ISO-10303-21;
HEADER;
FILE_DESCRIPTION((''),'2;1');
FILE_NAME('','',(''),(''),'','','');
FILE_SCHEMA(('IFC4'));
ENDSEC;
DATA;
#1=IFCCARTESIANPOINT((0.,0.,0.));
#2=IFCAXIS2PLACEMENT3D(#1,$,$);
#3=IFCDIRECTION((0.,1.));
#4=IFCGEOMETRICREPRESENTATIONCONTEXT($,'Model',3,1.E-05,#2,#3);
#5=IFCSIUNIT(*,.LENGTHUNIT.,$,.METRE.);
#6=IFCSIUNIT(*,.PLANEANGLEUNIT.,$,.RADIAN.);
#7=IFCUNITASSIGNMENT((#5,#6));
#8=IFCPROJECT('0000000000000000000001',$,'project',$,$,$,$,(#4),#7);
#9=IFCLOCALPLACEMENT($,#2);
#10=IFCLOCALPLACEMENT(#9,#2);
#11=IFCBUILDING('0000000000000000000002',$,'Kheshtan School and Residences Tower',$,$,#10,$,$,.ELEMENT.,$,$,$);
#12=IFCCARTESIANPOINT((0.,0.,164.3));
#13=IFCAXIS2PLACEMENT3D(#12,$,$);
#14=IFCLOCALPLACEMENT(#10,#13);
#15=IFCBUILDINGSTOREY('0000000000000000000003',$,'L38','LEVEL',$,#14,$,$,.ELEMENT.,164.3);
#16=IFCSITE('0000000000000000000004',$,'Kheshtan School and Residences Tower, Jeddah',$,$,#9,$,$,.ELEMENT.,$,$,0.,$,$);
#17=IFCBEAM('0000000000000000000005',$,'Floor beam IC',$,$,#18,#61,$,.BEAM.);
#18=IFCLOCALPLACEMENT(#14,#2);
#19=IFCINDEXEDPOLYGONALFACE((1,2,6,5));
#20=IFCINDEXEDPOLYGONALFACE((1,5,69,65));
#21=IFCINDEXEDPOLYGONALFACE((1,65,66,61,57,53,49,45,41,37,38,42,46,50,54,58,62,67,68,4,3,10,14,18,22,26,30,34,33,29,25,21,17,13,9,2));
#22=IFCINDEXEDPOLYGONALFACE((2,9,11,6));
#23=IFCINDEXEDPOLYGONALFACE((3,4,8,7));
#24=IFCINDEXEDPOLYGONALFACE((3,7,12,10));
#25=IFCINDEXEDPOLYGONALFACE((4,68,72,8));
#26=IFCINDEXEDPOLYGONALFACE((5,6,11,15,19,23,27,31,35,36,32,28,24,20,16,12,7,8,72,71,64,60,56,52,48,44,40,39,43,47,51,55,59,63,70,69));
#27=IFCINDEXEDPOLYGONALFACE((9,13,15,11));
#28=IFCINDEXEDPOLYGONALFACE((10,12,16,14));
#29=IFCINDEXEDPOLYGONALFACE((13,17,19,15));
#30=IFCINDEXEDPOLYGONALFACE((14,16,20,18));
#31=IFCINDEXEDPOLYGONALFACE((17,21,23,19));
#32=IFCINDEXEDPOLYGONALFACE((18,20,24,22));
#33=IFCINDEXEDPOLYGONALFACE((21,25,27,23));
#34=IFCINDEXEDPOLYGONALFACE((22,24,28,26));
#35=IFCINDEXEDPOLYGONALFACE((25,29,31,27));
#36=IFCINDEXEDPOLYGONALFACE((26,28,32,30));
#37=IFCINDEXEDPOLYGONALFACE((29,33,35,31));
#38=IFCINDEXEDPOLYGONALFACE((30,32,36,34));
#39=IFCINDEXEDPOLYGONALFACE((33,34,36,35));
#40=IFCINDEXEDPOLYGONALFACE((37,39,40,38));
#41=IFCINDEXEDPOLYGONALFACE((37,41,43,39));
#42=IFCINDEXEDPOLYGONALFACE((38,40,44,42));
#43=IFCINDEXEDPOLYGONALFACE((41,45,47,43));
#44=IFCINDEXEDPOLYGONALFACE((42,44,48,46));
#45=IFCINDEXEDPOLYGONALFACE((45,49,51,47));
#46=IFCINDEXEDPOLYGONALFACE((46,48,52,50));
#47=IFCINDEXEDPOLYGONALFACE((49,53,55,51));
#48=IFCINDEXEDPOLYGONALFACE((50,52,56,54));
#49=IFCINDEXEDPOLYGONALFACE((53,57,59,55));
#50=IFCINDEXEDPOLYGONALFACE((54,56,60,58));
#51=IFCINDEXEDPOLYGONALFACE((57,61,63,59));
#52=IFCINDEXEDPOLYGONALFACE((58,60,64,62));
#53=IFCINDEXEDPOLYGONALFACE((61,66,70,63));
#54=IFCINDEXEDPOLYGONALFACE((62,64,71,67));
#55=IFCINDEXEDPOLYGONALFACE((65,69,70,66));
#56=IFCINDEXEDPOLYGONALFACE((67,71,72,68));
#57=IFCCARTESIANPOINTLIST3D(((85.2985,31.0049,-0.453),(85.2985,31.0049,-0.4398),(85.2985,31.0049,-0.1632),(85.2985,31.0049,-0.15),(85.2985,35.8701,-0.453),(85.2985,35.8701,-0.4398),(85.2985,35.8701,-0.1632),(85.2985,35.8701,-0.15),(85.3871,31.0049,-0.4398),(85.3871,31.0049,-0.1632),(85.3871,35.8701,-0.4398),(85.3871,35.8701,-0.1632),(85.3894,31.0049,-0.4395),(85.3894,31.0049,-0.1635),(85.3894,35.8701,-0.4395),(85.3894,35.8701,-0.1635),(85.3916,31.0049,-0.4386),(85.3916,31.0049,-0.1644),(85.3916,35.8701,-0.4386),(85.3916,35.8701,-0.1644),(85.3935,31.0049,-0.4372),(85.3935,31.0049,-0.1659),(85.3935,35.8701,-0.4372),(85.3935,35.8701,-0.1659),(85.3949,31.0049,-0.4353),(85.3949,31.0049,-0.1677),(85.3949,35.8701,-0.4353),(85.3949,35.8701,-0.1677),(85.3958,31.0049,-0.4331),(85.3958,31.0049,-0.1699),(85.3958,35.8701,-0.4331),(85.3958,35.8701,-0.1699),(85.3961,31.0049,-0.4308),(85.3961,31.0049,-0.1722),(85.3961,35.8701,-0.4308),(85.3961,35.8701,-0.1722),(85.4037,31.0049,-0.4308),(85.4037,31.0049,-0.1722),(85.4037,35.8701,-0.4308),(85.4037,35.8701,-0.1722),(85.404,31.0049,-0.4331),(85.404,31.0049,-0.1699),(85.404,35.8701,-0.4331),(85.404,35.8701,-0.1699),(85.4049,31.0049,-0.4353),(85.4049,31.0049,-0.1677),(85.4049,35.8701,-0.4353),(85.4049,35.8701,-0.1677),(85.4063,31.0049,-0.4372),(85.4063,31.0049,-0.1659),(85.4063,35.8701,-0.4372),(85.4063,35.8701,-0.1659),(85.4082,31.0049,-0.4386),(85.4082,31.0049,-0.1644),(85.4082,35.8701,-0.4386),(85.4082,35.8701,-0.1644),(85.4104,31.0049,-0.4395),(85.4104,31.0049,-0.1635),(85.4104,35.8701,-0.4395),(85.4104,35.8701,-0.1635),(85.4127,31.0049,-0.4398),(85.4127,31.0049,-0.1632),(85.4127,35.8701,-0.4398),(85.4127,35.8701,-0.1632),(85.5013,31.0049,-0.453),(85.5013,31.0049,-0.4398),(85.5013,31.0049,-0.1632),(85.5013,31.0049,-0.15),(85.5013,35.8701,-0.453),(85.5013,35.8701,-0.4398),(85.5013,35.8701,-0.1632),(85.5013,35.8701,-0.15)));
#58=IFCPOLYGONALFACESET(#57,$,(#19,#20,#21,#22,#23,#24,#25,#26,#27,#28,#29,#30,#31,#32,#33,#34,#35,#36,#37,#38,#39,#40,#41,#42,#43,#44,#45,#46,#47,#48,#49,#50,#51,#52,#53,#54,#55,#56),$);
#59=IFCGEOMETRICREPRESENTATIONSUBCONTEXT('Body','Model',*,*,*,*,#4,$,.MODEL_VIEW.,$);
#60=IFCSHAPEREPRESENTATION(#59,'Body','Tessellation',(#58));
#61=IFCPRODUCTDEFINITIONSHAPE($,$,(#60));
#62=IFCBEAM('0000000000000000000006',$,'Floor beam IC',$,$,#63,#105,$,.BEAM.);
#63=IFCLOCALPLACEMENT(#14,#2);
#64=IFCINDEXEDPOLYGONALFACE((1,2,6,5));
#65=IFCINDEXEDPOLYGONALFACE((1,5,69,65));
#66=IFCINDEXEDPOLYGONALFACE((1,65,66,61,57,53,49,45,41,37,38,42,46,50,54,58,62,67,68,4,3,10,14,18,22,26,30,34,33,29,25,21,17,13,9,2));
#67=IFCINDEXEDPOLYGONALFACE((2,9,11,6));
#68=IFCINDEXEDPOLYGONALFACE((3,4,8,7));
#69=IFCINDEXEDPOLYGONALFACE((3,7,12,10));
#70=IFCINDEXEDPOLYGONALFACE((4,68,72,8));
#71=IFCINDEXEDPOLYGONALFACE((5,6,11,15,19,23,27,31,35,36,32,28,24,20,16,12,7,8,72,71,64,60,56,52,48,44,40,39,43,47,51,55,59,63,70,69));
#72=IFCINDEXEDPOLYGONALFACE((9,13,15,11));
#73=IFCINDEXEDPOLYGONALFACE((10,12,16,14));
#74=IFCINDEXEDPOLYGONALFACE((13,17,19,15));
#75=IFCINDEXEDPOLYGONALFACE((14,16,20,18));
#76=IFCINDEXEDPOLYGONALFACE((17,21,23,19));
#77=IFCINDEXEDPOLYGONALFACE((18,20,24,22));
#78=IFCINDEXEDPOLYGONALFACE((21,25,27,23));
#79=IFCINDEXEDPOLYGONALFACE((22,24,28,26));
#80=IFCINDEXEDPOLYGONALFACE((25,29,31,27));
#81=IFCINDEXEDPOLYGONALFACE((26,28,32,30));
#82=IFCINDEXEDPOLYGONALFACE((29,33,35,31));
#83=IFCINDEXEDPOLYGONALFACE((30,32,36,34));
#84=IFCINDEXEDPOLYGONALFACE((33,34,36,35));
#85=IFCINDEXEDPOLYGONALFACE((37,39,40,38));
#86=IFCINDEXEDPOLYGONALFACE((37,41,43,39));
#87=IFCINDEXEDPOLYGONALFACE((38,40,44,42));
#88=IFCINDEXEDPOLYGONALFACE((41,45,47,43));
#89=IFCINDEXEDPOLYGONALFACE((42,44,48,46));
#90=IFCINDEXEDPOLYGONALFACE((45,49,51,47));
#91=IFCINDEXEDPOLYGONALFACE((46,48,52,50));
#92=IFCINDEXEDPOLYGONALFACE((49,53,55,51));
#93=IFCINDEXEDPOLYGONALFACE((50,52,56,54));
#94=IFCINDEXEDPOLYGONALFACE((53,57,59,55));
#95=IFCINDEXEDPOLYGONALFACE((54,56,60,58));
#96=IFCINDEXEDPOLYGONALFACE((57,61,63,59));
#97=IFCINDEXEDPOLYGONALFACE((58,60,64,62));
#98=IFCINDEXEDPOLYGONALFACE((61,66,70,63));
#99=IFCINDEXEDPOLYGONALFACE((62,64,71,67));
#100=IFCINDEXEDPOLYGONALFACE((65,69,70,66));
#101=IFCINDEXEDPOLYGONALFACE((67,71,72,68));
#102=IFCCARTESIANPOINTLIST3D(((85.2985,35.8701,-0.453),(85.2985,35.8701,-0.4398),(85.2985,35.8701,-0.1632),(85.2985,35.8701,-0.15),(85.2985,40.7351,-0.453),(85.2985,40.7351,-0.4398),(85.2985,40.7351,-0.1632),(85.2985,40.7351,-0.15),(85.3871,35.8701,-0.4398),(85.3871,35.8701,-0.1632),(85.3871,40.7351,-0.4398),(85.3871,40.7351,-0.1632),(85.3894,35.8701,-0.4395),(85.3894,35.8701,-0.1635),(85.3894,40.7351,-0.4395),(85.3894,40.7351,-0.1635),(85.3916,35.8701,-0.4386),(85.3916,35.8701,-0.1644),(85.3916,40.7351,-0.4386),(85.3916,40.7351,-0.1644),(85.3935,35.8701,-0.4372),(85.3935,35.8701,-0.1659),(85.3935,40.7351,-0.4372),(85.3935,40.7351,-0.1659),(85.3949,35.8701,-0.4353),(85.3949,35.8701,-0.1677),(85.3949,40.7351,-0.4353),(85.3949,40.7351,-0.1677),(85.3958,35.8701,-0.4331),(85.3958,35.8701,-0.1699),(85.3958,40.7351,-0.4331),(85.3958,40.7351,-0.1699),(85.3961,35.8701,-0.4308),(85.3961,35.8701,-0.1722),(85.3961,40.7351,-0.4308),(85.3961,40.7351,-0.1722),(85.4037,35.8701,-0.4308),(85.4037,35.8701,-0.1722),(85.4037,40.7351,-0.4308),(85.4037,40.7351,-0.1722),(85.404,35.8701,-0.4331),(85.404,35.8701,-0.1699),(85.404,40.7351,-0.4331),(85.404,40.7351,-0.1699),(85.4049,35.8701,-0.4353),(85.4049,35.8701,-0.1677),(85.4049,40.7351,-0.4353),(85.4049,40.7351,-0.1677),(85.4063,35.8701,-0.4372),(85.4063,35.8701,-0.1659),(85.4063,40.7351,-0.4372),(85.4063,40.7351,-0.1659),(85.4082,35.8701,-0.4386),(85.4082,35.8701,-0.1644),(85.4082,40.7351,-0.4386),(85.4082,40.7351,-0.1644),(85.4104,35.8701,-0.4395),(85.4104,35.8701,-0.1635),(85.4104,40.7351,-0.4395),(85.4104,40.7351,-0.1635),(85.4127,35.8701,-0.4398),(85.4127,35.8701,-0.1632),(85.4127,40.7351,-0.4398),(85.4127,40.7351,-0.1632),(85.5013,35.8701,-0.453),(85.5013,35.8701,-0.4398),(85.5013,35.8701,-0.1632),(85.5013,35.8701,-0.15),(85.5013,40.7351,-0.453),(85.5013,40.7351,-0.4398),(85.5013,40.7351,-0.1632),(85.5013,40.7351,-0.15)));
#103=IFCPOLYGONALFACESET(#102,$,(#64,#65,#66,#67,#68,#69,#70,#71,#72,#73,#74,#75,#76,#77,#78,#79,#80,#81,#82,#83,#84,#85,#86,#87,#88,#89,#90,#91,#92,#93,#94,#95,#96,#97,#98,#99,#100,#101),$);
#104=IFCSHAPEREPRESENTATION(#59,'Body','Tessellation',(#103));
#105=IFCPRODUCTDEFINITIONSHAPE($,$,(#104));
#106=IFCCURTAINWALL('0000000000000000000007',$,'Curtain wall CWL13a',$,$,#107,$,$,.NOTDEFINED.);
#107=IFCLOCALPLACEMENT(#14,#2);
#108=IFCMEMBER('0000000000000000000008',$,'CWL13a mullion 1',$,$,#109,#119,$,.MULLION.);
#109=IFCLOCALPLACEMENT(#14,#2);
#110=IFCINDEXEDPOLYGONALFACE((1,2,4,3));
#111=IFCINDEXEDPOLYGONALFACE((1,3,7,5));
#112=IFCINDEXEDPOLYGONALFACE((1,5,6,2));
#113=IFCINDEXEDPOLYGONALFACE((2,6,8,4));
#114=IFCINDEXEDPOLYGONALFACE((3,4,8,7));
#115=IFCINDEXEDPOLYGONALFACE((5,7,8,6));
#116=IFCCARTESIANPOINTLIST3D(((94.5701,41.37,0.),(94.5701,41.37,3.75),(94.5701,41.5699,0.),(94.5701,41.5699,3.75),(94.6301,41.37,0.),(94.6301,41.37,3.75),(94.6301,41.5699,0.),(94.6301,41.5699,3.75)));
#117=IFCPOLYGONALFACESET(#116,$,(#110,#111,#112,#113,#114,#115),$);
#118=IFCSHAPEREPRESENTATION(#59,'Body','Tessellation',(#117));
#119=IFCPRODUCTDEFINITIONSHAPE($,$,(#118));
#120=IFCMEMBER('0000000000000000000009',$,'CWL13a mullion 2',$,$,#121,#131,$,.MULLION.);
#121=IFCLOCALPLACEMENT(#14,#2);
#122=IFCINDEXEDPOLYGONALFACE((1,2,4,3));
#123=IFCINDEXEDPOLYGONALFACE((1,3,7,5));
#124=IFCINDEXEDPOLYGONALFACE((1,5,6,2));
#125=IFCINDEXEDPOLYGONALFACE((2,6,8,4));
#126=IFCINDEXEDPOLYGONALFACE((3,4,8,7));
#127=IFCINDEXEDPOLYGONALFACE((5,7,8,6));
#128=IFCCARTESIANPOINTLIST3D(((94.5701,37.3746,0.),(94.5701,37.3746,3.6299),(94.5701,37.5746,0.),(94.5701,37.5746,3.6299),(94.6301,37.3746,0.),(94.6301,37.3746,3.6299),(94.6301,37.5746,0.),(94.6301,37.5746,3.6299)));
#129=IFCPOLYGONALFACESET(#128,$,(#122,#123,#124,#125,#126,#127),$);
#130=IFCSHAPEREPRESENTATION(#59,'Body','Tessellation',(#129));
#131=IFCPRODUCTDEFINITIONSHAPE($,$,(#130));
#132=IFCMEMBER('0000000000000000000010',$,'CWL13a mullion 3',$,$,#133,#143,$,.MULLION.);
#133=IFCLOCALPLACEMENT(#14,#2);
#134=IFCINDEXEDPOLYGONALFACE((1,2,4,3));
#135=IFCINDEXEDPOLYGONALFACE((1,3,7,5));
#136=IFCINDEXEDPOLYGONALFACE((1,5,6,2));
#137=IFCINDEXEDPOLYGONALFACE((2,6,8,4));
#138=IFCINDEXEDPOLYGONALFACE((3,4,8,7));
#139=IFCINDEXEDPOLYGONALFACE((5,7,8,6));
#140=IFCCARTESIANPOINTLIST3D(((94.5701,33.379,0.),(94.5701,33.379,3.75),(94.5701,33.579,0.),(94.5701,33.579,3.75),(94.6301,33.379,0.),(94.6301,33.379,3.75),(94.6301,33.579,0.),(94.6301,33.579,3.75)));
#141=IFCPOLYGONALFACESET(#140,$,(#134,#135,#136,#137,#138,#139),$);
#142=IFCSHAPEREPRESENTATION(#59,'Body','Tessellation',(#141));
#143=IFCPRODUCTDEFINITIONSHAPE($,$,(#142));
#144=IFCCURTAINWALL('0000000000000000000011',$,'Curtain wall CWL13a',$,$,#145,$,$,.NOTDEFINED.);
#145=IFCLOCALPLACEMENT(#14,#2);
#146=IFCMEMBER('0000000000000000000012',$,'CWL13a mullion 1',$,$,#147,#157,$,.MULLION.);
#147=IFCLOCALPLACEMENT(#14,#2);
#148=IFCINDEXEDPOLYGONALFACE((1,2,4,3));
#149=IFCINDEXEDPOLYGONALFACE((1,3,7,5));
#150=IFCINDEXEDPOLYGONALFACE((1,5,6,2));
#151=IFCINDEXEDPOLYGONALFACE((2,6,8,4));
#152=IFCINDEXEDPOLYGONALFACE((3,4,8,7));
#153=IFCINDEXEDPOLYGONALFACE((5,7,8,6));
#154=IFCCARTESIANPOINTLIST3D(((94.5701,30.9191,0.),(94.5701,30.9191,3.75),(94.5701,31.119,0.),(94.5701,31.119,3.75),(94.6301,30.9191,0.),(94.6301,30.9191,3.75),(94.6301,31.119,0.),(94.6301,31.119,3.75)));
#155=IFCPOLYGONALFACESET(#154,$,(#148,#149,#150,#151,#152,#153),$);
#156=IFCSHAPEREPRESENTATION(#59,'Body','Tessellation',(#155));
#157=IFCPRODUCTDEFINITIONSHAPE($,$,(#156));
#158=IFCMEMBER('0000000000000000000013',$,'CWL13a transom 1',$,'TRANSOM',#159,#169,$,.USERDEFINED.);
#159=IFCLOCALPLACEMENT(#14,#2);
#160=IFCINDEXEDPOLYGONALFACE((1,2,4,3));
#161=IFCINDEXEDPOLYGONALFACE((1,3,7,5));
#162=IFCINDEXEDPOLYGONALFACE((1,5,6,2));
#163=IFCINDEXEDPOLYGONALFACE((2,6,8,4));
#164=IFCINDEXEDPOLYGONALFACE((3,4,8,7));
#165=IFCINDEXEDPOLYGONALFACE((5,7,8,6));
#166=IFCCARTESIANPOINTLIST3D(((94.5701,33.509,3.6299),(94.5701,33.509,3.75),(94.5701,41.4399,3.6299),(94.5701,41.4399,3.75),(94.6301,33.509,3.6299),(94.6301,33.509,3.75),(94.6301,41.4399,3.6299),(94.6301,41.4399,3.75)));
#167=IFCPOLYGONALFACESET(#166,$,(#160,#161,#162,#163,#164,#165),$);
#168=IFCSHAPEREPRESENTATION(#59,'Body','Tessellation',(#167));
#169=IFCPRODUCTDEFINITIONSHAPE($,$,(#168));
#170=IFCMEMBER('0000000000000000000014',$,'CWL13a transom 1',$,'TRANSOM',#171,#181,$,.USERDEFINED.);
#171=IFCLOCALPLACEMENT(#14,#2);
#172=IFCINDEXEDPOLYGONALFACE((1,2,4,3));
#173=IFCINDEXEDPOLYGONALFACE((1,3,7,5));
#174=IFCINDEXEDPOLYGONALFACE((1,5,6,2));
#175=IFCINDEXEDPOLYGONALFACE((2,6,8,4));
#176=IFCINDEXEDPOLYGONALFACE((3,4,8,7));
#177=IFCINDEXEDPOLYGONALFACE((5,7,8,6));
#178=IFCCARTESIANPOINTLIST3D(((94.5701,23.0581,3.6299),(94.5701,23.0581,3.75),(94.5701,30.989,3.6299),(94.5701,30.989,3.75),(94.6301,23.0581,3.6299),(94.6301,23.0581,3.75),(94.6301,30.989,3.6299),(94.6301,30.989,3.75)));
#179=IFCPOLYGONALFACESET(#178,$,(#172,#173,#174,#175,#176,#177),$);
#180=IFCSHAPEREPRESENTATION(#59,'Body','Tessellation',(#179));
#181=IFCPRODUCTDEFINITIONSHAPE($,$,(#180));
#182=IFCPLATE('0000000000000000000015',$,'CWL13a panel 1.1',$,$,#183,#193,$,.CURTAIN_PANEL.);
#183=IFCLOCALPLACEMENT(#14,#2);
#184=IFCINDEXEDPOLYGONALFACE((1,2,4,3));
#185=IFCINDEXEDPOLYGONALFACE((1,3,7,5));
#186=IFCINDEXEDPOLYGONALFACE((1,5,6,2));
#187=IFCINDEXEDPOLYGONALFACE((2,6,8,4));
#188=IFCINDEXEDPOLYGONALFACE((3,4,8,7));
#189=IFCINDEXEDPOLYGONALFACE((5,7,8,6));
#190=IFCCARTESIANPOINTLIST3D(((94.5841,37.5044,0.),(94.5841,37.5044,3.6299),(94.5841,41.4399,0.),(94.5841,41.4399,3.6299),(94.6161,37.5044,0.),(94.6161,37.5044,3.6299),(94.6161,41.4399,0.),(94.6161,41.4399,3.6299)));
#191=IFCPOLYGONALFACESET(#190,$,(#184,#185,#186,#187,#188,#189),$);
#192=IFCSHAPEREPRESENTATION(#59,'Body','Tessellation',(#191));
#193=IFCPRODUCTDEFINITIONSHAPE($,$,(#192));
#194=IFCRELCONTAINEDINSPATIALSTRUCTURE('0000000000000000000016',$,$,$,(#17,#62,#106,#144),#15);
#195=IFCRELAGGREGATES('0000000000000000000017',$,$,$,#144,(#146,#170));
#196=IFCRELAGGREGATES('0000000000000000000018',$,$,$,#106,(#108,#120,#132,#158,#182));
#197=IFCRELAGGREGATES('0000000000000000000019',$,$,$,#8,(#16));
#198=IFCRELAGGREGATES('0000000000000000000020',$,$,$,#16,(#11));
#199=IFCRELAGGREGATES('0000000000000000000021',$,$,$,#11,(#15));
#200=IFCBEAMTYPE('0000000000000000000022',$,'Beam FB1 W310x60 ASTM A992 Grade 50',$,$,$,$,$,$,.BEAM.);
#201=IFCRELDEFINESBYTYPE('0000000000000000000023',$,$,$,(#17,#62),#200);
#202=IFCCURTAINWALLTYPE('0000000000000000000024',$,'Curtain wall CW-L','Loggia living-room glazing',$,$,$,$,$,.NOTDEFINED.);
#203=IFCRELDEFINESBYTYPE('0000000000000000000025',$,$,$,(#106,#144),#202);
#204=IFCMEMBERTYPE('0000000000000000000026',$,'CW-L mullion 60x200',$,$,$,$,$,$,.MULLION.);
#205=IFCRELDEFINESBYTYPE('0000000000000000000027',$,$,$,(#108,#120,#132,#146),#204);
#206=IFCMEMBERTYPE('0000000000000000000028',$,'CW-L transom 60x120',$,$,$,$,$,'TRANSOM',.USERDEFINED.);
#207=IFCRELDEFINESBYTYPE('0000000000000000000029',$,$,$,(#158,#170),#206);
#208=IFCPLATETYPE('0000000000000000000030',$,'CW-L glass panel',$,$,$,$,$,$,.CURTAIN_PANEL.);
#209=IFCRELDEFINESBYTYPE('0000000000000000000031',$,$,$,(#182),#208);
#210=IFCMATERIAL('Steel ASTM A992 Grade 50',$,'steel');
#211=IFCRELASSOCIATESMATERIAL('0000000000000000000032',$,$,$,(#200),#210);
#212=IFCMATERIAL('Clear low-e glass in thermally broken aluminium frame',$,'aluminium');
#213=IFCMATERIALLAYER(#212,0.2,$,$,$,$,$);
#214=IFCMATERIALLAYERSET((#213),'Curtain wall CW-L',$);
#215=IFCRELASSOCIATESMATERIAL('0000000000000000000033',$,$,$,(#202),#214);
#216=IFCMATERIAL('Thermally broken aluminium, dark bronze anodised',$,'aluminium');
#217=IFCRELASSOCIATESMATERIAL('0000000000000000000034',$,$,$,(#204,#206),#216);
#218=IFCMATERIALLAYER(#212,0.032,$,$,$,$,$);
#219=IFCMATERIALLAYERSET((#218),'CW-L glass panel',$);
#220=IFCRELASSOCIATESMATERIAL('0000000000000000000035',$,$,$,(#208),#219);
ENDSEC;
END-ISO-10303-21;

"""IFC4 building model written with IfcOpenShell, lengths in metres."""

from ifc_helpers import new_model, si_unit, direction, frame, origin, origin_2d, place, context, subcontext, project, spatial, rectangle, i_section, extrude, material, layer, layer_set, material_profile, profile_set, type_object, element, aggregate, save


model = new_model("IFC4")

# Units and contexts
model_context = context("Model", 3, precision=1e-05, world=origin(), true_north=direction((0.0, 1.0)))
body_context = subcontext(model_context, "Body", "Model", "MODEL_VIEW")
ifc_project = project(units=[si_unit("LENGTHUNIT", "METRE"), si_unit("PLANEANGLEUNIT", "RADIAN")], contexts=[model_context])

# Site, building, storey
site_placement = place(None, origin())
site = spatial("IfcSite", under=ifc_project, at=site_placement, Name="Kheshtan School and Residences Tower, Jeddah", CompositionType="ELEMENT", RefElevation=0.0)
building_placement = place(site_placement, origin())
building = spatial("IfcBuilding", under=site, at=building_placement, Name="Kheshtan School and Residences Tower", CompositionType="ELEMENT")
storey_placement = place(building_placement, frame((0.0, 0.0, 164.3)))
storey = spatial("IfcBuildingStorey", under=building, at=storey_placement, Name="L38", Description="LEVEL", CompositionType="ELEMENT", Elevation=164.3)

# Beams
ifc_material_1 = material(Name="Steel ASTM A992 Grade 50", Category="steel")
ifc_material_profile_1 = material_profile(ifc_material_1, i_section(OverallWidth=0.2029, OverallDepth=0.303, WebThickness=0.0076, FlangeThickness=0.0132, FilletRadius=0.009, at=origin_2d()), Name="W310x60")
ifc_profile_set_1 = profile_set([ifc_material_profile_1], Name="Steel ASTM A992 Grade 50")
beam_type = type_object("IfcBeamType", Name="Beam FB1 W310x60 ASTM A992 Grade 50", PredefinedType="BEAM", material=ifc_profile_set_1)
beam_1_placement = place(storey_placement, frame((85.3999, 31.0049, -0.3015), z_axis=(0.0, 1.0, 0.0), x_axis=(-1.0, 0.0, 0.0)))
element("IfcBeam", 1, at=beam_1_placement, inside=storey, type_object=beam_type, Name="Floor beam IC", PredefinedType="BEAM", context=body_context, shape_type="SweptSolid", body=[
    extrude(i_section(OverallWidth=0.2029, OverallDepth=0.303, WebThickness=0.0076, FlangeThickness=0.0132, FilletRadius=0.009, at=origin_2d()), origin(), (0.0, 0.0, 1.0), 4.8652),
])
beam_2_placement = place(storey_placement, frame((85.3999, 40.7351, -0.3015), z_axis=(0.0, -1.0, 0.0), x_axis=(1.0, 0.0, 0.0)))
element("IfcBeam", 2, at=beam_2_placement, inside=storey, type_object=beam_type, Name="Floor beam IC", PredefinedType="BEAM", context=body_context, shape_type="SweptSolid", body=[
    extrude(i_section(OverallWidth=0.2029, OverallDepth=0.303, WebThickness=0.0076, FlangeThickness=0.0132, FilletRadius=0.009, at=origin_2d()), origin(), (0.0, 0.0, 1.0), 4.865),
])

# Curtain wall, members
ifc_material_2 = material(Name="Clear low-e glass in thermally broken aluminium frame", Category="aluminium")
ifc_layer_1 = layer(ifc_material_2, 0.2)
ifc_layer_set_1 = layer_set([ifc_layer_1], Name="Curtain wall CW-L")
curtain_wall_type = type_object("IfcCurtainWallType", Name="Curtain wall CW-L", Description="Loggia living-room glazing", PredefinedType="NOTDEFINED", material=ifc_layer_set_1)
curtain_wall_1_placement = place(storey_placement, origin())
curtain_wall_1 = element("IfcCurtainWall", 3, at=curtain_wall_1_placement, inside=storey, type_object=curtain_wall_type, Name="Curtain wall CWL13a", PredefinedType="NOTDEFINED")
ifc_material_3 = material(Name="Thermally broken aluminium, dark bronze anodised", Category="aluminium")
ifc_material_profile_2 = material_profile(ifc_material_3, rectangle(XDim=0.0601, YDim=0.2, at=origin_2d()), Name="CW-L mullion 60x200")
ifc_profile_set_2 = profile_set([ifc_material_profile_2], Name="Thermally broken aluminium, dark bronze anodised")
member_type_1 = type_object("IfcMemberType", Name="CW-L mullion 60x200", PredefinedType="MULLION", material=ifc_profile_set_2)
member_1_placement = place(storey_placement, frame((94.6001, 41.47, 0.0), z_axis=(0.0, 0.0, 1.0), x_axis=(1.0, 0.0, 0.0)))
member_1 = element("IfcMember", 4, at=member_1_placement, type_object=member_type_1, Name="CWL13a mullion 1", PredefinedType="MULLION", context=body_context, shape_type="SweptSolid", body=[
    extrude(rectangle(XDim=0.0601, YDim=0.2, at=origin_2d()), origin(), (0.0, 0.0, 1.0), 3.75),
])
member_2_placement = place(storey_placement, frame((94.6001, 37.4746, 0.0), z_axis=(0.0, 0.0, 1.0), x_axis=(1.0, 0.0, 0.0)))
member_2 = element("IfcMember", 5, at=member_2_placement, type_object=member_type_1, Name="CWL13a mullion 2", PredefinedType="MULLION", context=body_context, shape_type="SweptSolid", body=[
    extrude(rectangle(XDim=0.0601, YDim=0.2, at=origin_2d()), origin(), (0.0, 0.0, 1.0), 3.6299),
])
member_3_placement = place(storey_placement, frame((94.6001, 33.479, 0.0), z_axis=(0.0, 0.0, 1.0), x_axis=(1.0, 0.0, 0.0)))
member_3 = element("IfcMember", 6, at=member_3_placement, type_object=member_type_1, Name="CWL13a mullion 3", PredefinedType="MULLION", context=body_context, shape_type="SweptSolid", body=[
    extrude(rectangle(XDim=0.0601, YDim=0.2, at=origin_2d()), origin(), (0.0, 0.0, 1.0), 3.75),
])

# Curtain wall, member
curtain_wall_2_placement = place(storey_placement, origin())
curtain_wall_2 = element("IfcCurtainWall", 7, at=curtain_wall_2_placement, inside=storey, type_object=curtain_wall_type, Name="Curtain wall CWL13a", PredefinedType="NOTDEFINED")
member_4_placement = place(storey_placement, frame((94.6001, 31.019, 0.0), z_axis=(0.0, 0.0, 1.0), x_axis=(1.0, 0.0, 0.0)))
member_4 = element("IfcMember", 8, at=member_4_placement, type_object=member_type_1, Name="CWL13a mullion 1", PredefinedType="MULLION", context=body_context, shape_type="SweptSolid", body=[
    extrude(rectangle(XDim=0.0601, YDim=0.2, at=origin_2d()), origin(), (0.0, 0.0, 1.0), 3.75),
])

# Members
ifc_material_profile_3 = material_profile(ifc_material_3, rectangle(XDim=0.0601, YDim=0.1201, at=origin_2d()), Name="CW-L transom 60x120")
ifc_profile_set_3 = profile_set([ifc_material_profile_3], Name="Thermally broken aluminium, dark bronze anodised")
member_type_2 = type_object("IfcMemberType", Name="CW-L transom 60x120", ElementType="TRANSOM", PredefinedType="USERDEFINED", material=ifc_profile_set_3)
member_5_placement = place(storey_placement, frame((94.6001, 41.4399, 3.6899), z_axis=(0.0, -1.0, 0.0), x_axis=(1.0, 0.0, 0.0)))
member_5 = element("IfcMember", 9, at=member_5_placement, type_object=member_type_2, Name="CWL13a transom 1", ObjectType="TRANSOM", PredefinedType="USERDEFINED", context=body_context, shape_type="SweptSolid", body=[
    extrude(rectangle(XDim=0.0601, YDim=0.1201, at=origin_2d()), origin(), (0.0, 0.0, 1.0), 7.9309),
])
member_6_placement = place(storey_placement, frame((94.6001, 30.989, 3.6899), z_axis=(0.0, -1.0, 0.0), x_axis=(1.0, 0.0, 0.0)))
member_6 = element("IfcMember", 10, at=member_6_placement, type_object=member_type_2, Name="CWL13a transom 1", ObjectType="TRANSOM", PredefinedType="USERDEFINED", context=body_context, shape_type="SweptSolid", body=[
    extrude(rectangle(XDim=0.0601, YDim=0.1201, at=origin_2d()), origin(), (0.0, 0.0, 1.0), 7.9309),
])
aggregate(curtain_wall_2, [member_4, member_6])

# Plate
ifc_layer_2 = layer(ifc_material_2, 0.032)
ifc_layer_set_2 = layer_set([ifc_layer_2], Name="CW-L glass panel")
plate_type = type_object("IfcPlateType", Name="CW-L glass panel", PredefinedType="CURTAIN_PANEL", material=ifc_layer_set_2)
plate_1_placement = place(storey_placement, frame((94.6001, 39.4722, 0.0), z_axis=(0.0, 0.0, 1.0), x_axis=(0.0, -1.0, 0.0)))
plate_1 = element("IfcPlate", 11, at=plate_1_placement, type_object=plate_type, Name="CWL13a panel 1.1", PredefinedType="CURTAIN_PANEL", context=body_context, shape_type="SweptSolid", body=[
    extrude(rectangle(XDim=3.9355, YDim=0.032, at=origin_2d()), origin(), (0.0, 0.0, 1.0), 3.6299),
])
aggregate(curtain_wall_1, [member_1, member_2, member_3, member_5, plate_1])

save(model, "model.ifc")
